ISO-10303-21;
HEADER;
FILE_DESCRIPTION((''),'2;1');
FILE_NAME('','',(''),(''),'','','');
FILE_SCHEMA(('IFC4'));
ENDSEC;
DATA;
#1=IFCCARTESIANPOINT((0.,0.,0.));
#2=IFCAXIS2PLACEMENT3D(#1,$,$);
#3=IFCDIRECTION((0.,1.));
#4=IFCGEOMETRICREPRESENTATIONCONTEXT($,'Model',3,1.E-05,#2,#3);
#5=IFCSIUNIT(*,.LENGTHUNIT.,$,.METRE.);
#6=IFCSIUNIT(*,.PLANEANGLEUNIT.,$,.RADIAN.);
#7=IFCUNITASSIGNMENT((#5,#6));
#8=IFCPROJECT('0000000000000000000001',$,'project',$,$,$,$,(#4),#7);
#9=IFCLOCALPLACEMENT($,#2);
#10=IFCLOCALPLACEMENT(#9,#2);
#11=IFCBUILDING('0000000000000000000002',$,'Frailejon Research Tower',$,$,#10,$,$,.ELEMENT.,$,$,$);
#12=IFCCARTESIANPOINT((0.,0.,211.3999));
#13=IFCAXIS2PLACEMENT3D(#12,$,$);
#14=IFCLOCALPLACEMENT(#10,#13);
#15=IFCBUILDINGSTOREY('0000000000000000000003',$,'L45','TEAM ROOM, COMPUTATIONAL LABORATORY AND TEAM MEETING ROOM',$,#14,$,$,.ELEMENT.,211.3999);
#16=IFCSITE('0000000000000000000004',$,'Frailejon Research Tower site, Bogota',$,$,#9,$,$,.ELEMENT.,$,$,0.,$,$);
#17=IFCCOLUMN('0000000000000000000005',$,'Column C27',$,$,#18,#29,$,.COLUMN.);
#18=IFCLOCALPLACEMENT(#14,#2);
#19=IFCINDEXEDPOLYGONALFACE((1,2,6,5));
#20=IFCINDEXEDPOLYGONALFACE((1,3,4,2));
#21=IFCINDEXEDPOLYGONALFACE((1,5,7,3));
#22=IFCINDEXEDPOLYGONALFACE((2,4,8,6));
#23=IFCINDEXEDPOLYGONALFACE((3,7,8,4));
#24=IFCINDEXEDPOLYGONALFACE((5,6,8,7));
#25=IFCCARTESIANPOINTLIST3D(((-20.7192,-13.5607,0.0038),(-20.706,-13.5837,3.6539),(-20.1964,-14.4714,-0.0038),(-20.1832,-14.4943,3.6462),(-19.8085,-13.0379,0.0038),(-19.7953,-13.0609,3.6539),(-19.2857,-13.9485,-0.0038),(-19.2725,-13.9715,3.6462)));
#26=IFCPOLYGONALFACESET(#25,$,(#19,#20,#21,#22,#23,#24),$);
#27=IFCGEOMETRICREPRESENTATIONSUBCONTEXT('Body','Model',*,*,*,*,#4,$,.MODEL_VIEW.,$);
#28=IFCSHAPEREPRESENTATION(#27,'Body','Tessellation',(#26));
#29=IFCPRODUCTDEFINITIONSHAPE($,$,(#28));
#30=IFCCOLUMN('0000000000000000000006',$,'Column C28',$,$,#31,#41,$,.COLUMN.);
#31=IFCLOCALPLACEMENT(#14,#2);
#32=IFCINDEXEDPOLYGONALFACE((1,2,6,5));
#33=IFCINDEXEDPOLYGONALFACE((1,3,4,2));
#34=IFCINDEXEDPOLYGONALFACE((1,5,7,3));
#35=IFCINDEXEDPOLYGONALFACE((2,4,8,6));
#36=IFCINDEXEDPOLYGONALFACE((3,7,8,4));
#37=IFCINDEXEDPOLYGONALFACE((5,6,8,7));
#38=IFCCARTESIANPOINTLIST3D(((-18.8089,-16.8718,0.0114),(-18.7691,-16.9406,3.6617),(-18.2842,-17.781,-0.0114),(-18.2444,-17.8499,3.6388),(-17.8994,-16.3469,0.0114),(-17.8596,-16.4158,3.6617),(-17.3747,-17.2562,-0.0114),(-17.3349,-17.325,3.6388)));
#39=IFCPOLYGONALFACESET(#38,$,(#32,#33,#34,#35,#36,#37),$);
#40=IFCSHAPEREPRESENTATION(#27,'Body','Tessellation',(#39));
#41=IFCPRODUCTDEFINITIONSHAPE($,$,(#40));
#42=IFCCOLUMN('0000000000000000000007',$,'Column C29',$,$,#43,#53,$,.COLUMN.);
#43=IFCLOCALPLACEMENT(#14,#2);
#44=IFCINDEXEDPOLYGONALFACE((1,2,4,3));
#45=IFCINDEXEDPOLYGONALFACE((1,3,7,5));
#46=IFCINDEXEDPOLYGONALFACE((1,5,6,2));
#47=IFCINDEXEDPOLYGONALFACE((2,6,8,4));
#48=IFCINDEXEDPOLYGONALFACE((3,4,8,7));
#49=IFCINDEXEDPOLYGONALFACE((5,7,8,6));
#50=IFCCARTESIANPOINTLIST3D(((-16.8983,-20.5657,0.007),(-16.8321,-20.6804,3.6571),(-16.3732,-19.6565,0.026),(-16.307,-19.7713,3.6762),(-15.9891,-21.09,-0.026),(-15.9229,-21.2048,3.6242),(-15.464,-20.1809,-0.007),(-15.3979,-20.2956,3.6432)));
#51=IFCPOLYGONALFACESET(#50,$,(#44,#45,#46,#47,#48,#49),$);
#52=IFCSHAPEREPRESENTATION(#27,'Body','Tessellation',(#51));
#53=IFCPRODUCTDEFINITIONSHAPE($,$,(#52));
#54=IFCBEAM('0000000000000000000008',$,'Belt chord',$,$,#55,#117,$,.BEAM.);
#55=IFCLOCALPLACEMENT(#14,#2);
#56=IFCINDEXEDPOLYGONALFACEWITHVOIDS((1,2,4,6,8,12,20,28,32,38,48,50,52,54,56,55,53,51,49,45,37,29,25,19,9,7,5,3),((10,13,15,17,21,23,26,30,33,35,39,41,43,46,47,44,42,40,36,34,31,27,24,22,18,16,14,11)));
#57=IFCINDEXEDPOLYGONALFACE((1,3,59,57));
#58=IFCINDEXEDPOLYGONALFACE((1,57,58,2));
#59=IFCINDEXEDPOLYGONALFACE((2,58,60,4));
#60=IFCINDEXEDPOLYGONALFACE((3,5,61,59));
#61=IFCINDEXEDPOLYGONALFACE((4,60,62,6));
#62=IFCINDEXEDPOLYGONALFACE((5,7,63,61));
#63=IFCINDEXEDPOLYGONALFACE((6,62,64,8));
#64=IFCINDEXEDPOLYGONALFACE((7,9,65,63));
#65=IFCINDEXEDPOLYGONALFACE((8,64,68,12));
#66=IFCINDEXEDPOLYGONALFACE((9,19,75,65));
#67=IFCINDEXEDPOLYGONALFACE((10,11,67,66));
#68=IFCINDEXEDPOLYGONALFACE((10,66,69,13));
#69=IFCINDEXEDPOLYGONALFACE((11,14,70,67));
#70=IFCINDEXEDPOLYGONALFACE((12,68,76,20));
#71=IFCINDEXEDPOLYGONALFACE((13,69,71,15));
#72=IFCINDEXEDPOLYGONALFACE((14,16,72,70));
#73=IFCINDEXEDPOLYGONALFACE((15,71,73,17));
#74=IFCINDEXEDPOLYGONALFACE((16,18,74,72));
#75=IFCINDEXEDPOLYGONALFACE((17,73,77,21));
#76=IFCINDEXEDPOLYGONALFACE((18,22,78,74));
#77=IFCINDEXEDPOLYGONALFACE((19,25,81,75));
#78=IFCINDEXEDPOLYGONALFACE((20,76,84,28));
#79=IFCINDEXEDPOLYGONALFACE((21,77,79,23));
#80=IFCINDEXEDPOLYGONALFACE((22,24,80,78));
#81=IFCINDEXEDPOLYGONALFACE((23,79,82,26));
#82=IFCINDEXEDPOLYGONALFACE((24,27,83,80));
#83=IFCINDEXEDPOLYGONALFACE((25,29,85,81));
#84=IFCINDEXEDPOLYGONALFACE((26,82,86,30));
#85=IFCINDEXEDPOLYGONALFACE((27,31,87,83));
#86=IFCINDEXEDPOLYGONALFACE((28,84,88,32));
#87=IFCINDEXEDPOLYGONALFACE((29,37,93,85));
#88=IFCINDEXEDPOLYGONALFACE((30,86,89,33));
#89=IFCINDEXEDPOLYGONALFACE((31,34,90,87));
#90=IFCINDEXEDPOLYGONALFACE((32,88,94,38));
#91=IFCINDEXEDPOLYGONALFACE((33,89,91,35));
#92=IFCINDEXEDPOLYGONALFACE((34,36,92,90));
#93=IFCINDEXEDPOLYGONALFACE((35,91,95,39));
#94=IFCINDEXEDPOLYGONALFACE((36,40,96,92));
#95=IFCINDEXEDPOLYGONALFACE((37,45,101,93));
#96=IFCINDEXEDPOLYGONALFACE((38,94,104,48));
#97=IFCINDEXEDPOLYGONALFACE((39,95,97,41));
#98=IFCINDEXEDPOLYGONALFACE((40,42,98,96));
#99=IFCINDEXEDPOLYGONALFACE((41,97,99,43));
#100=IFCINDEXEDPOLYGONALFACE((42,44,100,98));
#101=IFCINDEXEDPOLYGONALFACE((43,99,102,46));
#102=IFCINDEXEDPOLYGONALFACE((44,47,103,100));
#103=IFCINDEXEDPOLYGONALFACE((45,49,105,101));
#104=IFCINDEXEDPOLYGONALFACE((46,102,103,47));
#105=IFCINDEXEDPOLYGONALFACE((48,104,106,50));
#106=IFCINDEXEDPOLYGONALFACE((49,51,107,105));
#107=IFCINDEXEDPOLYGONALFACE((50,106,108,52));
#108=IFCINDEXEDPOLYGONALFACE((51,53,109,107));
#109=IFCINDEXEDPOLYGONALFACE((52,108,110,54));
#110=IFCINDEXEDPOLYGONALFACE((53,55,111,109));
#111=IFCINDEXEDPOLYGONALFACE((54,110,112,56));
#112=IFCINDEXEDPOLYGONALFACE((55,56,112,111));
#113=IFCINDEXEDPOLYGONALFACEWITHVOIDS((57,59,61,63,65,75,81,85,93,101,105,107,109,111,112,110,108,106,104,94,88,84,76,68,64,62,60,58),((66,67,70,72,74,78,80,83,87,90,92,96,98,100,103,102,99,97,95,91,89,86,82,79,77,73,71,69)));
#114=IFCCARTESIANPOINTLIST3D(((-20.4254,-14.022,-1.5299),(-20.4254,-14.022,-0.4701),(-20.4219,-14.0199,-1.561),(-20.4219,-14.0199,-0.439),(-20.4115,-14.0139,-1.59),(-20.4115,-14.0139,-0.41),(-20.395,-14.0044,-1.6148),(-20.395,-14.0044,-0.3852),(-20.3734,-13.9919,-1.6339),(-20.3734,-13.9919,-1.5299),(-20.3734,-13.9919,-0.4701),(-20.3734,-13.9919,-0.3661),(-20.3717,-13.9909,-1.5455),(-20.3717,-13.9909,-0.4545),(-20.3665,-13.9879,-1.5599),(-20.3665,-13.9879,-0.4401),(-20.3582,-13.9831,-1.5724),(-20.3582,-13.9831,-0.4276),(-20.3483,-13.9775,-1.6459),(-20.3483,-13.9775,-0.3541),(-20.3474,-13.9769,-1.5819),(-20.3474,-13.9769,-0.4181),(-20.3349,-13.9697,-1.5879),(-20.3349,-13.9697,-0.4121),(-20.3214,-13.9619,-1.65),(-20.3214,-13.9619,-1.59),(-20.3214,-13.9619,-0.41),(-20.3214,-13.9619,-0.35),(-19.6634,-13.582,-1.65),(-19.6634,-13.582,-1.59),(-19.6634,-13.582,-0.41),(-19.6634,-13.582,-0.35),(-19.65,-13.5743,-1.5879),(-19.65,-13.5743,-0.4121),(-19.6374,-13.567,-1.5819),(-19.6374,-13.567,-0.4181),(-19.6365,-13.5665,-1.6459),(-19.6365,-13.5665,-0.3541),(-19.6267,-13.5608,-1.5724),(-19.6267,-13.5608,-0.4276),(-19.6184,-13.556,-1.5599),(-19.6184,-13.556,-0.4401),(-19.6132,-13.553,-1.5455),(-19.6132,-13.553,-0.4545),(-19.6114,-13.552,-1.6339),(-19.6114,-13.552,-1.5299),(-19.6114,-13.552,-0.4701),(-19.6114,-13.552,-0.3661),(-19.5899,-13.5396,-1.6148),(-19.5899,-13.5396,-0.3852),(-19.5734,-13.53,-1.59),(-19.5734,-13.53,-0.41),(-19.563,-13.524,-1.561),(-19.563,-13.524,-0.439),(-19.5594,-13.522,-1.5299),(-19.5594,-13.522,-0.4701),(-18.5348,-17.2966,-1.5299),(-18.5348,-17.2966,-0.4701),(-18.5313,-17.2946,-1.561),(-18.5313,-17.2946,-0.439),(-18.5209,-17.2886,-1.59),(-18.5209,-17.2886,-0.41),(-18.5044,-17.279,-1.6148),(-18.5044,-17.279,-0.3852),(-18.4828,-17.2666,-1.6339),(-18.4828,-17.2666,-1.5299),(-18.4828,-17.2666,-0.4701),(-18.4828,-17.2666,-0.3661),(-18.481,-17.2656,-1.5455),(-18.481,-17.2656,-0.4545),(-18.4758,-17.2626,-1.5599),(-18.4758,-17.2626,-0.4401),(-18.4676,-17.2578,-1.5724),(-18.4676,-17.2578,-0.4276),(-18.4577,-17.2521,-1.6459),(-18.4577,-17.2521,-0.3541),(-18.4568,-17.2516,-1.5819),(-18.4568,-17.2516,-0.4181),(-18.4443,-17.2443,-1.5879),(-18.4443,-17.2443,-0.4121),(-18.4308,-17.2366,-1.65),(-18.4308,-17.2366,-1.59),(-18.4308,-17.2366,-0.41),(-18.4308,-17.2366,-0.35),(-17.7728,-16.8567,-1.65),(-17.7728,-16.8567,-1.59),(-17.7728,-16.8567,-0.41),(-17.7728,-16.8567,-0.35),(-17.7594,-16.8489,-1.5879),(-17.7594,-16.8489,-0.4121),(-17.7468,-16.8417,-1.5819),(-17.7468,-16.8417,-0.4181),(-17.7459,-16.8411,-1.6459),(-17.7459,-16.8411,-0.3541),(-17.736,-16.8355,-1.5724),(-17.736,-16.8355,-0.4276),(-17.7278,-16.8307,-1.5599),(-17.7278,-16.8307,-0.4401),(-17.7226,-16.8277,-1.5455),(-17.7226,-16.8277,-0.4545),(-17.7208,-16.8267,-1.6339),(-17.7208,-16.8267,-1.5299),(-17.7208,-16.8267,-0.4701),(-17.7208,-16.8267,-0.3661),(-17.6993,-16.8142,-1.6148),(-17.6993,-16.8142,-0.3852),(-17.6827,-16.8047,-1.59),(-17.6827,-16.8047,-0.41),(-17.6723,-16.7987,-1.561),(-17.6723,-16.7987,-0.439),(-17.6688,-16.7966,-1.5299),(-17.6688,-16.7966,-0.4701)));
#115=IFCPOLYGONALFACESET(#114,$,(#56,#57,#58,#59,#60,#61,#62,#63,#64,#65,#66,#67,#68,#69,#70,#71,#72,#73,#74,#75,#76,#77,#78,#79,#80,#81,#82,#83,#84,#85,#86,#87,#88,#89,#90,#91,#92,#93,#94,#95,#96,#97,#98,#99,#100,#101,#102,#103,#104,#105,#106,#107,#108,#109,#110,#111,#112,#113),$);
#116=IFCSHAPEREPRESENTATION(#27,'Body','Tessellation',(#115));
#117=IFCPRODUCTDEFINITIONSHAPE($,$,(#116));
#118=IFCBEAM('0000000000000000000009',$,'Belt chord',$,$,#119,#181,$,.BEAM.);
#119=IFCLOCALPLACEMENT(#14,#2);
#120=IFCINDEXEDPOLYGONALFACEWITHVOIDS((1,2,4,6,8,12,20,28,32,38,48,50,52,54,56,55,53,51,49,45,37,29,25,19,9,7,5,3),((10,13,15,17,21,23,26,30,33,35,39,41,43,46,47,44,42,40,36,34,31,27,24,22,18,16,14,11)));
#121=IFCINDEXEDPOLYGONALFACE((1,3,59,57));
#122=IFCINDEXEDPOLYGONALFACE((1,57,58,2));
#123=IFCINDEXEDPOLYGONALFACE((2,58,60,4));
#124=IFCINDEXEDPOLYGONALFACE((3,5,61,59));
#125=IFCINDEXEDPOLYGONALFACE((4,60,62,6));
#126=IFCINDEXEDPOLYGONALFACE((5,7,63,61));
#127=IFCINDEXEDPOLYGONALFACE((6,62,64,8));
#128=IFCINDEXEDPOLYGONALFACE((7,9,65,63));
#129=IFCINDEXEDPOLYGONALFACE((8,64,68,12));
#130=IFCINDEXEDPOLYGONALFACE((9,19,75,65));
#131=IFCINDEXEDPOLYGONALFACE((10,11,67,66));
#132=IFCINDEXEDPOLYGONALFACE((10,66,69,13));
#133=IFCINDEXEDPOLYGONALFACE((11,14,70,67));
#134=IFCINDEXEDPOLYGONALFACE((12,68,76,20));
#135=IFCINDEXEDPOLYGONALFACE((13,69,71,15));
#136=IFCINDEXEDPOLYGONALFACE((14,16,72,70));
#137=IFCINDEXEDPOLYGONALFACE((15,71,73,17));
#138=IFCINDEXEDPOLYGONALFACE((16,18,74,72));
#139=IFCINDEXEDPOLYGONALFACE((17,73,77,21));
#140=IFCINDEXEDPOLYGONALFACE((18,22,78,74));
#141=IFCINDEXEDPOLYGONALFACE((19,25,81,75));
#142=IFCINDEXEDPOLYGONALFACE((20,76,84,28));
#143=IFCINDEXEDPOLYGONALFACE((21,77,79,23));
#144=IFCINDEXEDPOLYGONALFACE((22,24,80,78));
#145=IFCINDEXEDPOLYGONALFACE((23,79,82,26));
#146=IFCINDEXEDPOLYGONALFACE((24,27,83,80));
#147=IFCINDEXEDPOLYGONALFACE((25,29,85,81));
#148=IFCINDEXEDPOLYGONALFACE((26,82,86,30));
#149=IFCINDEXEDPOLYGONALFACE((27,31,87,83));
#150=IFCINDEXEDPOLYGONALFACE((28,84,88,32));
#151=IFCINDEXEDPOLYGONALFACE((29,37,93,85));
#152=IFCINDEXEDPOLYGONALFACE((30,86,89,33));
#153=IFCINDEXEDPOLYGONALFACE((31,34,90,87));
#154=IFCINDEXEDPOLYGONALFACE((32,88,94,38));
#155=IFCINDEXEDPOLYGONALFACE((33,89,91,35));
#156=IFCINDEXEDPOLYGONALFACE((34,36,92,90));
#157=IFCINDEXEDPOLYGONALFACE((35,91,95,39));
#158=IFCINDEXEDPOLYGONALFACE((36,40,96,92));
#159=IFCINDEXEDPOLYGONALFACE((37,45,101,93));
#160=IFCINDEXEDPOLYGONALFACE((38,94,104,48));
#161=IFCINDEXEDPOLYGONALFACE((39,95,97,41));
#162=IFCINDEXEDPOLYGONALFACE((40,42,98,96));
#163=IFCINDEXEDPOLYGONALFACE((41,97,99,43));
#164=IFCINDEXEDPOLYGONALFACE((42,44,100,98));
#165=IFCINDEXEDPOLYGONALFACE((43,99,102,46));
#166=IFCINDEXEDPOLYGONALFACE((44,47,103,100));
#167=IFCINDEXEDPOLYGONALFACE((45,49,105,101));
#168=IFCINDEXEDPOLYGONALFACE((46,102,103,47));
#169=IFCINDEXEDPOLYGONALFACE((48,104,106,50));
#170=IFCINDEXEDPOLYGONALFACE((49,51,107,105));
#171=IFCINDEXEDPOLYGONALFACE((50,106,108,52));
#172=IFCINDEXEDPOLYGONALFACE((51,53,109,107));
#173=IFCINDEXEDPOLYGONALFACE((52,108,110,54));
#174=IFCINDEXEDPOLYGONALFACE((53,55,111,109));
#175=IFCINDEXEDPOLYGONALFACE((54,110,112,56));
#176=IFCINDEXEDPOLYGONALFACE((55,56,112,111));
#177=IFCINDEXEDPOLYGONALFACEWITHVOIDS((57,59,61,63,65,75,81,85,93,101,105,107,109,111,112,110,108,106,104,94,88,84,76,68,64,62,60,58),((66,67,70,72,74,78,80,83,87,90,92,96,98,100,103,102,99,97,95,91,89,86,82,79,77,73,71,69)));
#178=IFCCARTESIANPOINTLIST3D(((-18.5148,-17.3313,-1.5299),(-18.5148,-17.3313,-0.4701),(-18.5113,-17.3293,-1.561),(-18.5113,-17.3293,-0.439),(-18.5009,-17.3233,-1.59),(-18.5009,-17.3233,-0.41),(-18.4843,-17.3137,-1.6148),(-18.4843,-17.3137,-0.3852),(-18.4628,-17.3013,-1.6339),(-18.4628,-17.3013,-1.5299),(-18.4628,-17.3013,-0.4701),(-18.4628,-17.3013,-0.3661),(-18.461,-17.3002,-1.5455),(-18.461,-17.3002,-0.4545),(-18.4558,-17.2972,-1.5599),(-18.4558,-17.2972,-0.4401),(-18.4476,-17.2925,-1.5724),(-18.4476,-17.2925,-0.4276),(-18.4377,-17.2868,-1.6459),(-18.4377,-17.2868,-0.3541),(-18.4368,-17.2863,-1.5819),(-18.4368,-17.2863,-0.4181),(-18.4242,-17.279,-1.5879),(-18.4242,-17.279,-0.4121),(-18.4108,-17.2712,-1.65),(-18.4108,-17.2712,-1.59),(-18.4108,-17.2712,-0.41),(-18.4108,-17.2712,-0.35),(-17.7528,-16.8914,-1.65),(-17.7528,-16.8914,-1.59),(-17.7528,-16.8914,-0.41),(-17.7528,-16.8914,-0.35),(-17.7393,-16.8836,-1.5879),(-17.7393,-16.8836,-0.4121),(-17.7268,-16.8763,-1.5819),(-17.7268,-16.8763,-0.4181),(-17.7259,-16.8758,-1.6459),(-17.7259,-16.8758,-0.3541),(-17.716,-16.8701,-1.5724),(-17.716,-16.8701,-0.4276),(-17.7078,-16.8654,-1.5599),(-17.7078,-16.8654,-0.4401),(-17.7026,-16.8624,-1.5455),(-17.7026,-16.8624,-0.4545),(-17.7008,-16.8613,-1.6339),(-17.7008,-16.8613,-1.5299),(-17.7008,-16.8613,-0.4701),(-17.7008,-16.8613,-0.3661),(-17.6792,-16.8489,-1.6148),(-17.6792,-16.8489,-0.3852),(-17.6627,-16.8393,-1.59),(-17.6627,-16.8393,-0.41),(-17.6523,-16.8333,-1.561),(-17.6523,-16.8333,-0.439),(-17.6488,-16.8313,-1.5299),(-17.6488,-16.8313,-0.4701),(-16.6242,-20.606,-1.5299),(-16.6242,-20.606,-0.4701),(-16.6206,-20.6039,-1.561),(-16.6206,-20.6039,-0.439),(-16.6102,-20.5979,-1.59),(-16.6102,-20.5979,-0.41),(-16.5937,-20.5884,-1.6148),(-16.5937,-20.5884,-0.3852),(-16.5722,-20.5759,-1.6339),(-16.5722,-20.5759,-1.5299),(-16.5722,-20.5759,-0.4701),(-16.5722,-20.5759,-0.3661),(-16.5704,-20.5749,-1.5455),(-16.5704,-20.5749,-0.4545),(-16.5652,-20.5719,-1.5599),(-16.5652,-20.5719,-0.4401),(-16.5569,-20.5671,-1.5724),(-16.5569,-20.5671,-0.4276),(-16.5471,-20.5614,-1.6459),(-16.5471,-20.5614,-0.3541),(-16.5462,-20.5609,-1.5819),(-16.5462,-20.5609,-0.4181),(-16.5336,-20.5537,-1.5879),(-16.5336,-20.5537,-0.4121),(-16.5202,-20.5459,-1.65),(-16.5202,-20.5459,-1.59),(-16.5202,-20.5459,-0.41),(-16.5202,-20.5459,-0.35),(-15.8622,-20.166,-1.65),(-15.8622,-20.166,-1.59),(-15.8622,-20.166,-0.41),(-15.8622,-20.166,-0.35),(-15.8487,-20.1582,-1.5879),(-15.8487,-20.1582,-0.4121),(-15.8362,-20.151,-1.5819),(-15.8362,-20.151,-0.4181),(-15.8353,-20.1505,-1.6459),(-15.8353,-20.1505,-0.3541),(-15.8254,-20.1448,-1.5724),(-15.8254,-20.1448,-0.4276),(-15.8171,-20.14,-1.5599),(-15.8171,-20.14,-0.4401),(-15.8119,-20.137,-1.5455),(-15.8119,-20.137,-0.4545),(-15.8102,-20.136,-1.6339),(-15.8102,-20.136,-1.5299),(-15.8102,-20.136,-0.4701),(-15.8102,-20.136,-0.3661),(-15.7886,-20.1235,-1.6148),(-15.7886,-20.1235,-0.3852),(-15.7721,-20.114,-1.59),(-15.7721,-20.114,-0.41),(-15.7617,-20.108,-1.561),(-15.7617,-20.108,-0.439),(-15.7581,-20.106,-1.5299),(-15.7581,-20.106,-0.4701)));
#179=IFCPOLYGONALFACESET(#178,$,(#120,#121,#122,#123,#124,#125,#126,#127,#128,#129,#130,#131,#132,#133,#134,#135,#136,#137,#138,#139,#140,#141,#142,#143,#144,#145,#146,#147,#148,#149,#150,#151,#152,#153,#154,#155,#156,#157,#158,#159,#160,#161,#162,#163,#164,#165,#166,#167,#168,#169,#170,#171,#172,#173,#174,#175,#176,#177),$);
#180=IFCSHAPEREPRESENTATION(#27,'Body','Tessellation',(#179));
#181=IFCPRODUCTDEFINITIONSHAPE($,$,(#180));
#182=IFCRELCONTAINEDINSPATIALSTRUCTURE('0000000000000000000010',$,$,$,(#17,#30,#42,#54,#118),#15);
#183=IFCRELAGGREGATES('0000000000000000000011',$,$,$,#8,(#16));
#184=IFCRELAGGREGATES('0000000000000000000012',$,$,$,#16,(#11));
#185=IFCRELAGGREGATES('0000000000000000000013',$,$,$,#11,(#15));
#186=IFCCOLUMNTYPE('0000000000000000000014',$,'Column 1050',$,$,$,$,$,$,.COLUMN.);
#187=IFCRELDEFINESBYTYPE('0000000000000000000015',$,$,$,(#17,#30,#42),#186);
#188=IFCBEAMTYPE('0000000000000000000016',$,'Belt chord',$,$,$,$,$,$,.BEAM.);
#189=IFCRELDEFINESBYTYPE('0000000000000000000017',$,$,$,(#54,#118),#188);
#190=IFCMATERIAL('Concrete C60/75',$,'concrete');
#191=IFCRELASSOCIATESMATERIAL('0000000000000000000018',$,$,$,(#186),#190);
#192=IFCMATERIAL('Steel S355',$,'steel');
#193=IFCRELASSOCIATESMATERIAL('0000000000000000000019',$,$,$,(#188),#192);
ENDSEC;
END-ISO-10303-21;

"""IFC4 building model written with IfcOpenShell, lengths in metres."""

from ifc_helpers import new_model, si_unit, direction, frame, origin, origin_2d, place, context, subcontext, project, spatial, rectangle, hollow_rectangle, extrude, material, material_profile, profile_set, type_object, element, save


model = new_model("IFC4")

# Units and contexts
model_context = context("Model", 3, precision=1e-05, world=origin(), true_north=direction((0.0, 1.0)))
body_context = subcontext(model_context, "Body", "Model", "MODEL_VIEW")
ifc_project = project(units=[si_unit("LENGTHUNIT", "METRE"), si_unit("PLANEANGLEUNIT", "RADIAN")], contexts=[model_context])

# Site, building, storey
site_placement = place(None, origin())
site = spatial("IfcSite", under=ifc_project, at=site_placement, Name="Frailejon Research Tower site, Bogota", CompositionType="ELEMENT", RefElevation=0.0)
building_placement = place(site_placement, origin())
building = spatial("IfcBuilding", under=site, at=building_placement, Name="Frailejon Research Tower", CompositionType="ELEMENT")
storey_placement = place(building_placement, frame((0.0, 0.0, 211.3999)))
storey = spatial("IfcBuildingStorey", under=building, at=storey_placement, Name="L45", Description="TEAM ROOM, COMPUTATIONAL LABORATORY AND TEAM MEETING ROOM", CompositionType="ELEMENT", Elevation=211.3999)

# Columns
ifc_material_1 = material(Name="Concrete C60/75", Category="concrete")
ifc_material_profile_1 = material_profile(ifc_material_1, rectangle(XDim=1.05, YDim=1.05, at=origin_2d()), Name="Column 1050")
ifc_profile_set_1 = profile_set([ifc_material_profile_1], Name="Concrete C60/75")
column_type = type_object("IfcColumnType", Name="Column 1050", PredefinedType="COLUMN", material=ifc_profile_set_1)
column_1_placement = place(storey_placement, frame((-20.0024, -13.7546, 0.0), z_axis=(0.003612, -0.006287, 0.999974), x_axis=(0.49789, -0.86721, -0.007251)))
element("IfcColumn", 1, at=column_1_placement, inside=storey, type_object=column_type, Name="Column C27", PredefinedType="COLUMN", context=body_context, shape_type="SweptSolid", body=[
    extrude(rectangle(XDim=1.05, YDim=1.05, at=origin_2d()), origin(), (0.0, 0.0, 1.0), 3.6501),
])
column_2_placement = place(storey_placement, frame((-18.0918, -17.064, 0.0), z_axis=(0.0109, -0.018857, 0.999763), x_axis=(0.499729, -0.865908, -0.021781)))
element("IfcColumn", 2, at=column_2_placement, inside=storey, type_object=column_type, Name="Column C28", PredefinedType="COLUMN", context=body_context, shape_type="SweptSolid", body=[
    extrude(rectangle(XDim=1.05, YDim=1.05, at=origin_2d()), origin(), (0.0, 0.0, 1.0), 3.6511),
])
column_3_placement = place(storey_placement, frame((-16.1812, -20.3733, 0.0), z_axis=(0.018114, -0.031415, 0.999342), x_axis=(0.865818, -0.499373, -0.031392)))
element("IfcColumn", 3, at=column_3_placement, inside=storey, type_object=column_type, Name="Column C29", PredefinedType="COLUMN", context=body_context, shape_type="SweptSolid", body=[
    extrude(rectangle(XDim=1.05, YDim=1.05, at=origin_2d()), origin(), (0.0, 0.0, 1.0), 3.6526),
])

# Beams
ifc_material_2 = material(Name="Steel S355", Category="steel")
ifc_material_profile_2 = material_profile(ifc_material_2, hollow_rectangle(XDim=1.0, YDim=1.3, WallThickness=0.0601, InnerFilletRadius=0.0601, OuterFilletRadius=0.1201, at=origin_2d()), Name="Belt chord")
ifc_profile_set_2 = profile_set([ifc_material_profile_2], Name="Steel S355")
beam_type_1 = type_object("IfcBeamType", Name="Belt chord", PredefinedType="BEAM", material=ifc_profile_set_2)
for number, where, z_axis, x_axis, name in (
    (4, (-19.9924, -13.772, -1.0), (0.5, -0.866025, 0.0), (0.866025, 0.5, 0.0), "Belt chord"),
    (5, (-18.0818, -17.0813, -1.0), (0.5, -0.866025, 0.0), (0.866025, 0.5, 0.0), "Belt chord"),
):
    element("IfcBeam", number, at=place(storey_placement, frame(where, z_axis=z_axis, x_axis=x_axis)), inside=storey, type_object=beam_type_1, Name=name, PredefinedType="BEAM", context=body_context, shape_type="SweptSolid", body=[
        extrude(hollow_rectangle(XDim=1.0, YDim=1.3, WallThickness=0.0601, InnerFilletRadius=0.0601, OuterFilletRadius=0.1201, at=origin_2d()), origin(), (0.0, 0.0, 1.0), 3.7812),
    ])

save(model, "model.ifc")
